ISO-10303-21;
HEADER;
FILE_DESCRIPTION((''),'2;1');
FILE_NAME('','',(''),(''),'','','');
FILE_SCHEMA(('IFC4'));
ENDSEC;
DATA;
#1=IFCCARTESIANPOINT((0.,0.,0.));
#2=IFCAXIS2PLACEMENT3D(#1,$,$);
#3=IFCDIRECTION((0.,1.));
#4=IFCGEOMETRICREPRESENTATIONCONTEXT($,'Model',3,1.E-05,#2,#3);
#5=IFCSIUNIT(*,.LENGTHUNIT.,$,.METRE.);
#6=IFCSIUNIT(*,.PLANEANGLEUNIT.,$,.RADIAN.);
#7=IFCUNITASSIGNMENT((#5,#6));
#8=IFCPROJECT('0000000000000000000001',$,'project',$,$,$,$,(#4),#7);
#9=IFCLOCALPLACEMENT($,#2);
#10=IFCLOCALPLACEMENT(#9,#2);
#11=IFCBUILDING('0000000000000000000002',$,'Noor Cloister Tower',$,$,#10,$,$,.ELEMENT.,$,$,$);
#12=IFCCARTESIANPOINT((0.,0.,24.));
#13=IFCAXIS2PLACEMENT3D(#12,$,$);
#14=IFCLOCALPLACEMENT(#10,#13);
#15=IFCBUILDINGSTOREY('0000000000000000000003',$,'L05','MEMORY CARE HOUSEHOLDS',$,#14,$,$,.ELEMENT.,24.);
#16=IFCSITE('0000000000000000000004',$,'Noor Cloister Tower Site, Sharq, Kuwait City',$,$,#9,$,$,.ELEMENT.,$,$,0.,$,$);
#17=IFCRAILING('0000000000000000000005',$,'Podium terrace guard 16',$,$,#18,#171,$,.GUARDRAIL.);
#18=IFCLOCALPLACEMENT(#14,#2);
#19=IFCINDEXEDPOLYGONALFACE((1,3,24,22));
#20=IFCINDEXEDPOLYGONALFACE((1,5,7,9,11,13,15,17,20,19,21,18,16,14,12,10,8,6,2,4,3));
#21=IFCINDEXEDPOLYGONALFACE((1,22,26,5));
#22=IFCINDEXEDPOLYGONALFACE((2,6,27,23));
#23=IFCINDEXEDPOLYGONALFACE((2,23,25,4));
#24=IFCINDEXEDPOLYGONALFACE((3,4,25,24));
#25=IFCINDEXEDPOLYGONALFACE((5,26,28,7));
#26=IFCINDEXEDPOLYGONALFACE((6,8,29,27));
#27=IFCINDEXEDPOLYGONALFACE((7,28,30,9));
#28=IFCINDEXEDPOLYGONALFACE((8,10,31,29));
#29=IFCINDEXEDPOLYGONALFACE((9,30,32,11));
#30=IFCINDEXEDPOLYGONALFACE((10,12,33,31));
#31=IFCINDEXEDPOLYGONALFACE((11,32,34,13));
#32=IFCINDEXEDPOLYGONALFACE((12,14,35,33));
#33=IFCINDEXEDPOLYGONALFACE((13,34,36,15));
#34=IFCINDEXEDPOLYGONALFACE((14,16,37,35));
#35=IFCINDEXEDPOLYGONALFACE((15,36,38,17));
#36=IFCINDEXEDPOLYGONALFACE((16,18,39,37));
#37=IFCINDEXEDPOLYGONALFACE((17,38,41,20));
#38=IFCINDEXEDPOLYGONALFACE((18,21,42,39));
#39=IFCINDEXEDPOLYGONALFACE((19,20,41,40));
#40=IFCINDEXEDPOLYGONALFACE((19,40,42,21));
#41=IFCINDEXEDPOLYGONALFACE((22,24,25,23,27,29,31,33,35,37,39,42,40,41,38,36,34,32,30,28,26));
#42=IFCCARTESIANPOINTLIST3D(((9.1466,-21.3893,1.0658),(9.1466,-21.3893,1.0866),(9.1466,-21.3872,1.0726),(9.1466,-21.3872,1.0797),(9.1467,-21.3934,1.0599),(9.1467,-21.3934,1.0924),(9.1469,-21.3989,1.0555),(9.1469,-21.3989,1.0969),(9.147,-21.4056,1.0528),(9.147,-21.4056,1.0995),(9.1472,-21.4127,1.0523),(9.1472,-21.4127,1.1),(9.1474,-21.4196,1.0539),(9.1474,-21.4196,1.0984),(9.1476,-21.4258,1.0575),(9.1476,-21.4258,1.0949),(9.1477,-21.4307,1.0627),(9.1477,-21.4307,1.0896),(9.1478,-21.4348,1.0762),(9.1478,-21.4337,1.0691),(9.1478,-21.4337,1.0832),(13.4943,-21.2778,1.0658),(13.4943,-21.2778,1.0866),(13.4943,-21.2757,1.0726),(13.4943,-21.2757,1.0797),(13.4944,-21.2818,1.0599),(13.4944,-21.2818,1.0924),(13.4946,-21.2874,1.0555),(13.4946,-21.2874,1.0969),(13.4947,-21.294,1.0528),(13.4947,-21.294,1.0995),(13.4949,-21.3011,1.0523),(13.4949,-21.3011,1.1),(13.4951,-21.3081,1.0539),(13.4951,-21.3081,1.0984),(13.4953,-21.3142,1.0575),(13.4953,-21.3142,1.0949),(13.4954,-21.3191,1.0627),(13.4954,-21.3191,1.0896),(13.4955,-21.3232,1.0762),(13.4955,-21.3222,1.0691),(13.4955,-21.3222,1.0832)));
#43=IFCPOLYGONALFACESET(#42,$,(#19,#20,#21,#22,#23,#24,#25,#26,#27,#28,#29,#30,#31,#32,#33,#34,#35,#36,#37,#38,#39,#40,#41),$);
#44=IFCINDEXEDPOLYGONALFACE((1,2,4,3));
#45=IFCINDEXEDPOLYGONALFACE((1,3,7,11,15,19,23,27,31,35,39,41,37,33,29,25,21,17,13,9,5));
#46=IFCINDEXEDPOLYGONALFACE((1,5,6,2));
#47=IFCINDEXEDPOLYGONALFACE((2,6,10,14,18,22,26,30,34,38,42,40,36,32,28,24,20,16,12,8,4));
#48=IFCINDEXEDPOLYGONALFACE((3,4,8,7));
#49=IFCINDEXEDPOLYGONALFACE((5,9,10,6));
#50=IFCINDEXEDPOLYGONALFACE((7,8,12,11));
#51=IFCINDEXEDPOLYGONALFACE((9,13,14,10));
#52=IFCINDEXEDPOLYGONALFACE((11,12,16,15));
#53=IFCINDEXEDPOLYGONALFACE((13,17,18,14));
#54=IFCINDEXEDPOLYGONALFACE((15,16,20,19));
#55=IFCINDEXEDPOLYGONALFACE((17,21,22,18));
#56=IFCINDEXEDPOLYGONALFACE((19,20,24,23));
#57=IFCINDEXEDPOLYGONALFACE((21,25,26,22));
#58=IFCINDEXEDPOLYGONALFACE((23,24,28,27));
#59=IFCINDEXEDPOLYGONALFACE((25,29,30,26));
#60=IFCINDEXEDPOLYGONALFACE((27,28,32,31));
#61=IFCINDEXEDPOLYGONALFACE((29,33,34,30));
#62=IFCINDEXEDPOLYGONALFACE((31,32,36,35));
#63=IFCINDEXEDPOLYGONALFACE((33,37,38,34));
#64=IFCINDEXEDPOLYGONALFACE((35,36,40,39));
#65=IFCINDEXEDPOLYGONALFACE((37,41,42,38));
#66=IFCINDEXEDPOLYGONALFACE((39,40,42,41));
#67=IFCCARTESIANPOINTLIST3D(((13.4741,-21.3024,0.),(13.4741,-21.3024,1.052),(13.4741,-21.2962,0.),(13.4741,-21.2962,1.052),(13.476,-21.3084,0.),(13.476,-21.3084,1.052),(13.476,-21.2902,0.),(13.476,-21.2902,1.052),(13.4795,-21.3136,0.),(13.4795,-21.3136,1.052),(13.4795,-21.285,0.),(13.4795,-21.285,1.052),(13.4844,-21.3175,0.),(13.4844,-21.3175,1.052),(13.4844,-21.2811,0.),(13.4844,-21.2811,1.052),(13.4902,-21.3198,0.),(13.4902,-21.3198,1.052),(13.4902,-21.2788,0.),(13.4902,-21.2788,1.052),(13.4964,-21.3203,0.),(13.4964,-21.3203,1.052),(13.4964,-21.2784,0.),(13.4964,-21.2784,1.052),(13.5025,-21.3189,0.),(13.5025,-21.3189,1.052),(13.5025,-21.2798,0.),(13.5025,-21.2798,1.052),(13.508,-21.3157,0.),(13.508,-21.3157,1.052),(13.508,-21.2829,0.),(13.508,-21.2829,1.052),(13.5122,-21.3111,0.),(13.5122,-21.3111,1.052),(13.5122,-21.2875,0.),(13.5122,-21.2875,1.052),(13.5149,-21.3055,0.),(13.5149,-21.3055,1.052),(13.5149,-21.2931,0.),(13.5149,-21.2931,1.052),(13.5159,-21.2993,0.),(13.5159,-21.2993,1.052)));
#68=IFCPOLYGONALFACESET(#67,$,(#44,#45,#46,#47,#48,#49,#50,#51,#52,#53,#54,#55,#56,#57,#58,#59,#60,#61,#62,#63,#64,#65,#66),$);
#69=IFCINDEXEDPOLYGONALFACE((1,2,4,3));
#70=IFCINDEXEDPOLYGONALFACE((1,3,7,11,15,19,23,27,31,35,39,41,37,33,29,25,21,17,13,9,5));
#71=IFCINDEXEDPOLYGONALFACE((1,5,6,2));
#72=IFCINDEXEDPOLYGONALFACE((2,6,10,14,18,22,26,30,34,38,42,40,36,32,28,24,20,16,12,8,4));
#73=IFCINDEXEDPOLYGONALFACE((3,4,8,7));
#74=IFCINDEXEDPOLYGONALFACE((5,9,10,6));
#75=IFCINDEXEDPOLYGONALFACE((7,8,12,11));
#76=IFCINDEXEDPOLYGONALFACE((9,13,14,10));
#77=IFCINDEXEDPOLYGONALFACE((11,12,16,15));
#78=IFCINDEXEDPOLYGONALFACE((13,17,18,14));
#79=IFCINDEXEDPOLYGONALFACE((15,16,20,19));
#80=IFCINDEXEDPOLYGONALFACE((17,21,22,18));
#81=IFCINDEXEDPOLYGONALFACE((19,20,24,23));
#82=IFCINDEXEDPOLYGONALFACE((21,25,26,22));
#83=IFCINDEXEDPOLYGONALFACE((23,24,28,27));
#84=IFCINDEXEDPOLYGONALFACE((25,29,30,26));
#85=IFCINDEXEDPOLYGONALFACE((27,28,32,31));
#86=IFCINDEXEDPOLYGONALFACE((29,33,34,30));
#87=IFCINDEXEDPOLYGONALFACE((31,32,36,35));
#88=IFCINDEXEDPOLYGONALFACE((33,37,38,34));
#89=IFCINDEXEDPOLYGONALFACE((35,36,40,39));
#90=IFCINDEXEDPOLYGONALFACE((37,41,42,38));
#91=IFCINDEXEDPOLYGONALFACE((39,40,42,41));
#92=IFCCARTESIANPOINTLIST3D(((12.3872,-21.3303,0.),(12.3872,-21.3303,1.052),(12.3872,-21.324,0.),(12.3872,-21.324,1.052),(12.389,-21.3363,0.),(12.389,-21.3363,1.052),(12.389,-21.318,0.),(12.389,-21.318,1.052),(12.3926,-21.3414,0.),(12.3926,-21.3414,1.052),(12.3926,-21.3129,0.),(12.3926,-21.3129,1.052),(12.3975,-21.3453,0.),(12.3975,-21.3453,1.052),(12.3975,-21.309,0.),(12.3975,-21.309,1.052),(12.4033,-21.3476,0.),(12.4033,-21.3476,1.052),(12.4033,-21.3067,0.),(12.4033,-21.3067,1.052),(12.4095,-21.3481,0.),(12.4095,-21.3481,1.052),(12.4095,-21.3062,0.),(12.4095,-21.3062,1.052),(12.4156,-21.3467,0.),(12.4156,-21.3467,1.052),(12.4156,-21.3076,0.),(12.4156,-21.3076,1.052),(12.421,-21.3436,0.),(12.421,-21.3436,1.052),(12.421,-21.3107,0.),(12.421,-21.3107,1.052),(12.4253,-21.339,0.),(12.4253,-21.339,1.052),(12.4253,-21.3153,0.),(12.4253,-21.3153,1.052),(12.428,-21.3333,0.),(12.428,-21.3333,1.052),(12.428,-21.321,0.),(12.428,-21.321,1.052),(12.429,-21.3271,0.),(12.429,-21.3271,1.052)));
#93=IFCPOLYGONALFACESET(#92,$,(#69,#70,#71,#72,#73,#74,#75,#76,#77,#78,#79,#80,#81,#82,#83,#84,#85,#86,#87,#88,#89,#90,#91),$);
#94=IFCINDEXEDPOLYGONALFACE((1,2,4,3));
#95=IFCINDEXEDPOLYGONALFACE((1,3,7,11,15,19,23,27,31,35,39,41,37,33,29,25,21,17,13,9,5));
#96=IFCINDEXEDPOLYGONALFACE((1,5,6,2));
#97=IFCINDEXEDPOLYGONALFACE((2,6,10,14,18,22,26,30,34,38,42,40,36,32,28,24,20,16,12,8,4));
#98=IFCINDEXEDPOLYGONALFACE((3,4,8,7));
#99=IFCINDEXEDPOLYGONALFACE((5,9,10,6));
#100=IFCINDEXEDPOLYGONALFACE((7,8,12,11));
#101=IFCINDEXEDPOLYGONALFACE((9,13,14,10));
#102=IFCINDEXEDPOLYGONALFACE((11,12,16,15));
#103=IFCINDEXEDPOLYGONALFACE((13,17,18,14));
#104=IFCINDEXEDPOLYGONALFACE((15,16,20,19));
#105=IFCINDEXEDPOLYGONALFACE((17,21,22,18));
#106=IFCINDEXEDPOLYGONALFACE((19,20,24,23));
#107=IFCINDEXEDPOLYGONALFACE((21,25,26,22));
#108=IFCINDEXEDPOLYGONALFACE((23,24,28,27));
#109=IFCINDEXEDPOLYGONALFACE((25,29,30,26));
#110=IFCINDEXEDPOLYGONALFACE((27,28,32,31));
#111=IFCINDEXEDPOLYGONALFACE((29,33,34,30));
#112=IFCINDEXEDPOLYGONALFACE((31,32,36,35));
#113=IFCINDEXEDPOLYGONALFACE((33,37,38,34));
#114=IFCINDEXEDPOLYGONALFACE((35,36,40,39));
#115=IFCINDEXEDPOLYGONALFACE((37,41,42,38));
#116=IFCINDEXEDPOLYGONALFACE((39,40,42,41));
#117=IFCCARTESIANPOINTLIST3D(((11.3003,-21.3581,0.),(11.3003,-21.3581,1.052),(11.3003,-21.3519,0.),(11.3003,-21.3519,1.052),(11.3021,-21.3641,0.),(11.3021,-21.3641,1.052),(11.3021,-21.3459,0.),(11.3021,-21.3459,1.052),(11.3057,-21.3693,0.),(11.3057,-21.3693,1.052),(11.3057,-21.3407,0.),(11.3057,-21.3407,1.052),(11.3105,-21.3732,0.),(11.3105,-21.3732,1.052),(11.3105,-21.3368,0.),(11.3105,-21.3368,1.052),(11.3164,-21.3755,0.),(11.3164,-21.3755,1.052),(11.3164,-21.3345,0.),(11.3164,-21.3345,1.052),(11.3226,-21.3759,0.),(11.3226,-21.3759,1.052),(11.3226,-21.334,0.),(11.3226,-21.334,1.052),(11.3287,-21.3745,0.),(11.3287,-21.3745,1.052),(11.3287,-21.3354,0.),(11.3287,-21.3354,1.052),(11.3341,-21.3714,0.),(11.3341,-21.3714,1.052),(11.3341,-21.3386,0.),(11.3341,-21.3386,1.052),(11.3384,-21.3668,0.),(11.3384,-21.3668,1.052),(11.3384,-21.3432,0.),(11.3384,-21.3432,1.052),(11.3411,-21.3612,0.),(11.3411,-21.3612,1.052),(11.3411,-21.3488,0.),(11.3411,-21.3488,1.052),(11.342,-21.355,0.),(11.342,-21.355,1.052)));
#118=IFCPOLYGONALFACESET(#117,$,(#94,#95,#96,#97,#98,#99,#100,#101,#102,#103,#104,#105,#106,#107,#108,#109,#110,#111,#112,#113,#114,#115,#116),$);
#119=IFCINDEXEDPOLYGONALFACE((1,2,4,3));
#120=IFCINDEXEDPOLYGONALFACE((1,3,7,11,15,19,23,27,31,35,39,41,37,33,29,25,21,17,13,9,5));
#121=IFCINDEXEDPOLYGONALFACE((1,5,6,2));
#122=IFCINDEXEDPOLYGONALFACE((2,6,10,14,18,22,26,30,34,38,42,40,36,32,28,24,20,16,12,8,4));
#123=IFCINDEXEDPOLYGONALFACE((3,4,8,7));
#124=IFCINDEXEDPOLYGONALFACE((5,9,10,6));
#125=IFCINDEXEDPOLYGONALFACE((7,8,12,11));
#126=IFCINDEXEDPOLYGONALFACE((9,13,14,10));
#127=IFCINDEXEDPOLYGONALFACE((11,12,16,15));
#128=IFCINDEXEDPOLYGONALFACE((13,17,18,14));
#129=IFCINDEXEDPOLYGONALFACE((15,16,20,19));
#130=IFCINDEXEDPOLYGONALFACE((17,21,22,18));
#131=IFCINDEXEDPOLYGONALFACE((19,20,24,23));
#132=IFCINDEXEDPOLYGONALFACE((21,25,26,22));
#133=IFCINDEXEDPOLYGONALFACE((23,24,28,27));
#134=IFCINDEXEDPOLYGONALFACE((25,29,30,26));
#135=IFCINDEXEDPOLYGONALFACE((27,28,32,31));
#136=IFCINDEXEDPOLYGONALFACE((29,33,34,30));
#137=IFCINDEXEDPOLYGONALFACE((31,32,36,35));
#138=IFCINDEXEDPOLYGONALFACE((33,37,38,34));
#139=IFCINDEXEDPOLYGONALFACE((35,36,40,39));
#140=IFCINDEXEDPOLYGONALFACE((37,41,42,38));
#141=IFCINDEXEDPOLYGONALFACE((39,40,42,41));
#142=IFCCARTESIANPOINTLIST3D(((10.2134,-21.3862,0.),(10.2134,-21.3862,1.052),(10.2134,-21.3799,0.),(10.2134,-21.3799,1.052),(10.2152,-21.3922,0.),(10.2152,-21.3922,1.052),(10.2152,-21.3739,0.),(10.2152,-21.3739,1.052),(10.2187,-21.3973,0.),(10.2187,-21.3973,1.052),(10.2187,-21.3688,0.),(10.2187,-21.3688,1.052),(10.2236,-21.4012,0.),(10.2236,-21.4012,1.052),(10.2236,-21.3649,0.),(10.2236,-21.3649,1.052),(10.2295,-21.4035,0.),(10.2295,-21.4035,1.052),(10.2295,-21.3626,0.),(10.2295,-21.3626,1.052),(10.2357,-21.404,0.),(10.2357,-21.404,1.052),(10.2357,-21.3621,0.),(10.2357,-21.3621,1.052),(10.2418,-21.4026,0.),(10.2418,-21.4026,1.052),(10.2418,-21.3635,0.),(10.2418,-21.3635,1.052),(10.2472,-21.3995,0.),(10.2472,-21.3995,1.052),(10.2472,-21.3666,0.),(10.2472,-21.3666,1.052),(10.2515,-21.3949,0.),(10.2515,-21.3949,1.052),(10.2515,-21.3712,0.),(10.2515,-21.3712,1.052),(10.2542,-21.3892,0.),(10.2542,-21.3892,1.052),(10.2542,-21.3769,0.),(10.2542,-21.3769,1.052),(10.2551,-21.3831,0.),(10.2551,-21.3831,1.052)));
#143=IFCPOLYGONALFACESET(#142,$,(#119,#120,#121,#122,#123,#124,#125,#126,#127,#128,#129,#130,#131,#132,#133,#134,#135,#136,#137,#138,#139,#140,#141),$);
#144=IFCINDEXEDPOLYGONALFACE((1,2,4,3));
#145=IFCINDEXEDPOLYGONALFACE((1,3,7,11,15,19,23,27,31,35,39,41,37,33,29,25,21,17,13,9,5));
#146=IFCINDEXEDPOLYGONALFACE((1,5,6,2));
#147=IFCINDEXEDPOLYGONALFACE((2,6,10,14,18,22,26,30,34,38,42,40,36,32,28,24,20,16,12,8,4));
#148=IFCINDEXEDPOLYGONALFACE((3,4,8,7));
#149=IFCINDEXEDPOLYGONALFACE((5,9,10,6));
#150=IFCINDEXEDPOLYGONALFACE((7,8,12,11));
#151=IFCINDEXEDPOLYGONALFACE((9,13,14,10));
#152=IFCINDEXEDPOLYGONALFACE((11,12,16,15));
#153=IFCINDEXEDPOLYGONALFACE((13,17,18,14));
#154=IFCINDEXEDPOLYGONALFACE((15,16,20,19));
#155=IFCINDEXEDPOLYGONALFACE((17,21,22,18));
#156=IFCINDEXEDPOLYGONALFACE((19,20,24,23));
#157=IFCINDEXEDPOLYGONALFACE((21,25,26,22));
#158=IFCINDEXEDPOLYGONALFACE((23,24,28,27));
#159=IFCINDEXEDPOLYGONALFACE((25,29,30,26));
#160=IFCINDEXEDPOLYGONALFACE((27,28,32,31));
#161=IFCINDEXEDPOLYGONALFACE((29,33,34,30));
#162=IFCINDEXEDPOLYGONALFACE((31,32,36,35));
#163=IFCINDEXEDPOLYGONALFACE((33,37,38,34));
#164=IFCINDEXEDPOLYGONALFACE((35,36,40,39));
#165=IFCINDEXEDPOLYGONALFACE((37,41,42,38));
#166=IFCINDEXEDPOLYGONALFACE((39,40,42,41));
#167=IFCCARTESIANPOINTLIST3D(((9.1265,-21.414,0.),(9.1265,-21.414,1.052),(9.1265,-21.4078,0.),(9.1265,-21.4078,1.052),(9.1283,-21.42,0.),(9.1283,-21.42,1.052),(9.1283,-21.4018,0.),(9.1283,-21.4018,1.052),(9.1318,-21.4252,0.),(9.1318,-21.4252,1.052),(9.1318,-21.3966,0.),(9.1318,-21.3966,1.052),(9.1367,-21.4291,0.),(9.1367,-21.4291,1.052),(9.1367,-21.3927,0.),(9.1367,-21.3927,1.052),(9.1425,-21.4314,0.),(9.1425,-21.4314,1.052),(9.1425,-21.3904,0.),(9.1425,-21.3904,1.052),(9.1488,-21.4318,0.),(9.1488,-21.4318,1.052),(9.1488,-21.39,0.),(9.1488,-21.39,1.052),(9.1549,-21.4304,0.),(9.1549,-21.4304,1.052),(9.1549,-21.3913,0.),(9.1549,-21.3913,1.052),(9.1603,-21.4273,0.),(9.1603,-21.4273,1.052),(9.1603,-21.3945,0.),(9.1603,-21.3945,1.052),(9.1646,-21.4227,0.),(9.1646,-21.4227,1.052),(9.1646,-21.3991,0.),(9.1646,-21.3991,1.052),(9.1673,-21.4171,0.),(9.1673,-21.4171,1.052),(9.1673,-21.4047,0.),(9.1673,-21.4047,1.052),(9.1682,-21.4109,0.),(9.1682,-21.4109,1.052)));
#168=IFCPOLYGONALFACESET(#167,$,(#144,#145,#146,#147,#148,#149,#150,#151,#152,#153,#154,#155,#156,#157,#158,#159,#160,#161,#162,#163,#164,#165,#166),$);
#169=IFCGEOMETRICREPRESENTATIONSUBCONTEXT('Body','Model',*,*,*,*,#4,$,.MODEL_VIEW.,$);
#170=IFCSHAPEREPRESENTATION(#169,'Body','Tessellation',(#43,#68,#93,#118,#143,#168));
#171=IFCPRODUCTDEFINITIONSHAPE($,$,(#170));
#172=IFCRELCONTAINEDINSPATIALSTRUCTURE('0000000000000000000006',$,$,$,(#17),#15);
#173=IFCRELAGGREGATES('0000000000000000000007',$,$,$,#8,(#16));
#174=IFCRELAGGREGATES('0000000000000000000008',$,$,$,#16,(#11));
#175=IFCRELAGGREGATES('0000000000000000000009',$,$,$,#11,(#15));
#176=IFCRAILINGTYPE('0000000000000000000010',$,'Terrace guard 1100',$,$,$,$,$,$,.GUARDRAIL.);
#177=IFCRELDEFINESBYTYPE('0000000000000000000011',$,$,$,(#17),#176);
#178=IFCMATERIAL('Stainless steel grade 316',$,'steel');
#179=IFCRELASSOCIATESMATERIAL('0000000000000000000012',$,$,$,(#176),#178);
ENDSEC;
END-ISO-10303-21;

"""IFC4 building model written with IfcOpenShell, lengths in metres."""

from ifc_helpers import new_model, si_unit, direction, frame, origin, origin_2d, place, context, subcontext, project, spatial, circle, extrude, material, type_object, element, save


model = new_model("IFC4")

# Units and contexts
model_context = context("Model", 3, precision=1e-05, world=origin(), true_north=direction((0.0, 1.0)))
body_context = subcontext(model_context, "Body", "Model", "MODEL_VIEW")
ifc_project = project(units=[si_unit("LENGTHUNIT", "METRE"), si_unit("PLANEANGLEUNIT", "RADIAN")], contexts=[model_context])

# Site, building, storey
site_placement = place(None, origin())
site = spatial("IfcSite", under=ifc_project, at=site_placement, Name="Noor Cloister Tower Site, Sharq, Kuwait City", CompositionType="ELEMENT", RefElevation=0.0)
building_placement = place(site_placement, origin())
building = spatial("IfcBuilding", under=site, at=building_placement, Name="Noor Cloister Tower", CompositionType="ELEMENT")
storey_placement = place(building_placement, frame((0.0, 0.0, 24.0)))
storey = spatial("IfcBuildingStorey", under=building, at=storey_placement, Name="L05", Description="MEMORY CARE HOUSEHOLDS", CompositionType="ELEMENT", Elevation=24.0)

# Railing
ifc_material_1 = material(Name="Stainless steel grade 316", Category="steel")
railing_type = type_object("IfcRailingType", Name="Terrace guard 1100", PredefinedType="GUARDRAIL", material=ifc_material_1)
railing_1_placement = place(storey_placement, frame((13.4949, -21.2993, 0.0)))
element("IfcRailing", 1, at=railing_1_placement, inside=storey, type_object=railing_type, Name="Podium terrace guard 16", PredefinedType="GUARDRAIL", context=body_context, shape_type="SweptSolid", body=[
    extrude(circle(Radius=0.0239, at=origin_2d()), frame((0.0, 0.0, 1.0762), z_axis=(-0.999671, -0.025654, 0.0), x_axis=(0.025654, -0.999671, 0.0)), (0.0, 0.0, 1.0), 4.3491),
    extrude(circle(Radius=0.021, at=origin_2d()), origin(), (0.0, 0.0, 1.0), 1.052),
    extrude(circle(Radius=0.021, at=origin_2d()), frame((-1.0869, -0.0278, 0.0)), (0.0, 0.0, 1.0), 1.052),
    extrude(circle(Radius=0.021, at=origin_2d()), frame((-2.1738, -0.0557, 0.0)), (0.0, 0.0, 1.0), 1.052),
    extrude(circle(Radius=0.021, at=origin_2d()), frame((-3.2607, -0.0837, 0.0)), (0.0, 0.0, 1.0), 1.052),
    extrude(circle(Radius=0.021, at=origin_2d()), frame((-4.3477, -0.1116, 0.0)), (0.0, 0.0, 1.0), 1.052),
])

save(model, "model.ifc")
